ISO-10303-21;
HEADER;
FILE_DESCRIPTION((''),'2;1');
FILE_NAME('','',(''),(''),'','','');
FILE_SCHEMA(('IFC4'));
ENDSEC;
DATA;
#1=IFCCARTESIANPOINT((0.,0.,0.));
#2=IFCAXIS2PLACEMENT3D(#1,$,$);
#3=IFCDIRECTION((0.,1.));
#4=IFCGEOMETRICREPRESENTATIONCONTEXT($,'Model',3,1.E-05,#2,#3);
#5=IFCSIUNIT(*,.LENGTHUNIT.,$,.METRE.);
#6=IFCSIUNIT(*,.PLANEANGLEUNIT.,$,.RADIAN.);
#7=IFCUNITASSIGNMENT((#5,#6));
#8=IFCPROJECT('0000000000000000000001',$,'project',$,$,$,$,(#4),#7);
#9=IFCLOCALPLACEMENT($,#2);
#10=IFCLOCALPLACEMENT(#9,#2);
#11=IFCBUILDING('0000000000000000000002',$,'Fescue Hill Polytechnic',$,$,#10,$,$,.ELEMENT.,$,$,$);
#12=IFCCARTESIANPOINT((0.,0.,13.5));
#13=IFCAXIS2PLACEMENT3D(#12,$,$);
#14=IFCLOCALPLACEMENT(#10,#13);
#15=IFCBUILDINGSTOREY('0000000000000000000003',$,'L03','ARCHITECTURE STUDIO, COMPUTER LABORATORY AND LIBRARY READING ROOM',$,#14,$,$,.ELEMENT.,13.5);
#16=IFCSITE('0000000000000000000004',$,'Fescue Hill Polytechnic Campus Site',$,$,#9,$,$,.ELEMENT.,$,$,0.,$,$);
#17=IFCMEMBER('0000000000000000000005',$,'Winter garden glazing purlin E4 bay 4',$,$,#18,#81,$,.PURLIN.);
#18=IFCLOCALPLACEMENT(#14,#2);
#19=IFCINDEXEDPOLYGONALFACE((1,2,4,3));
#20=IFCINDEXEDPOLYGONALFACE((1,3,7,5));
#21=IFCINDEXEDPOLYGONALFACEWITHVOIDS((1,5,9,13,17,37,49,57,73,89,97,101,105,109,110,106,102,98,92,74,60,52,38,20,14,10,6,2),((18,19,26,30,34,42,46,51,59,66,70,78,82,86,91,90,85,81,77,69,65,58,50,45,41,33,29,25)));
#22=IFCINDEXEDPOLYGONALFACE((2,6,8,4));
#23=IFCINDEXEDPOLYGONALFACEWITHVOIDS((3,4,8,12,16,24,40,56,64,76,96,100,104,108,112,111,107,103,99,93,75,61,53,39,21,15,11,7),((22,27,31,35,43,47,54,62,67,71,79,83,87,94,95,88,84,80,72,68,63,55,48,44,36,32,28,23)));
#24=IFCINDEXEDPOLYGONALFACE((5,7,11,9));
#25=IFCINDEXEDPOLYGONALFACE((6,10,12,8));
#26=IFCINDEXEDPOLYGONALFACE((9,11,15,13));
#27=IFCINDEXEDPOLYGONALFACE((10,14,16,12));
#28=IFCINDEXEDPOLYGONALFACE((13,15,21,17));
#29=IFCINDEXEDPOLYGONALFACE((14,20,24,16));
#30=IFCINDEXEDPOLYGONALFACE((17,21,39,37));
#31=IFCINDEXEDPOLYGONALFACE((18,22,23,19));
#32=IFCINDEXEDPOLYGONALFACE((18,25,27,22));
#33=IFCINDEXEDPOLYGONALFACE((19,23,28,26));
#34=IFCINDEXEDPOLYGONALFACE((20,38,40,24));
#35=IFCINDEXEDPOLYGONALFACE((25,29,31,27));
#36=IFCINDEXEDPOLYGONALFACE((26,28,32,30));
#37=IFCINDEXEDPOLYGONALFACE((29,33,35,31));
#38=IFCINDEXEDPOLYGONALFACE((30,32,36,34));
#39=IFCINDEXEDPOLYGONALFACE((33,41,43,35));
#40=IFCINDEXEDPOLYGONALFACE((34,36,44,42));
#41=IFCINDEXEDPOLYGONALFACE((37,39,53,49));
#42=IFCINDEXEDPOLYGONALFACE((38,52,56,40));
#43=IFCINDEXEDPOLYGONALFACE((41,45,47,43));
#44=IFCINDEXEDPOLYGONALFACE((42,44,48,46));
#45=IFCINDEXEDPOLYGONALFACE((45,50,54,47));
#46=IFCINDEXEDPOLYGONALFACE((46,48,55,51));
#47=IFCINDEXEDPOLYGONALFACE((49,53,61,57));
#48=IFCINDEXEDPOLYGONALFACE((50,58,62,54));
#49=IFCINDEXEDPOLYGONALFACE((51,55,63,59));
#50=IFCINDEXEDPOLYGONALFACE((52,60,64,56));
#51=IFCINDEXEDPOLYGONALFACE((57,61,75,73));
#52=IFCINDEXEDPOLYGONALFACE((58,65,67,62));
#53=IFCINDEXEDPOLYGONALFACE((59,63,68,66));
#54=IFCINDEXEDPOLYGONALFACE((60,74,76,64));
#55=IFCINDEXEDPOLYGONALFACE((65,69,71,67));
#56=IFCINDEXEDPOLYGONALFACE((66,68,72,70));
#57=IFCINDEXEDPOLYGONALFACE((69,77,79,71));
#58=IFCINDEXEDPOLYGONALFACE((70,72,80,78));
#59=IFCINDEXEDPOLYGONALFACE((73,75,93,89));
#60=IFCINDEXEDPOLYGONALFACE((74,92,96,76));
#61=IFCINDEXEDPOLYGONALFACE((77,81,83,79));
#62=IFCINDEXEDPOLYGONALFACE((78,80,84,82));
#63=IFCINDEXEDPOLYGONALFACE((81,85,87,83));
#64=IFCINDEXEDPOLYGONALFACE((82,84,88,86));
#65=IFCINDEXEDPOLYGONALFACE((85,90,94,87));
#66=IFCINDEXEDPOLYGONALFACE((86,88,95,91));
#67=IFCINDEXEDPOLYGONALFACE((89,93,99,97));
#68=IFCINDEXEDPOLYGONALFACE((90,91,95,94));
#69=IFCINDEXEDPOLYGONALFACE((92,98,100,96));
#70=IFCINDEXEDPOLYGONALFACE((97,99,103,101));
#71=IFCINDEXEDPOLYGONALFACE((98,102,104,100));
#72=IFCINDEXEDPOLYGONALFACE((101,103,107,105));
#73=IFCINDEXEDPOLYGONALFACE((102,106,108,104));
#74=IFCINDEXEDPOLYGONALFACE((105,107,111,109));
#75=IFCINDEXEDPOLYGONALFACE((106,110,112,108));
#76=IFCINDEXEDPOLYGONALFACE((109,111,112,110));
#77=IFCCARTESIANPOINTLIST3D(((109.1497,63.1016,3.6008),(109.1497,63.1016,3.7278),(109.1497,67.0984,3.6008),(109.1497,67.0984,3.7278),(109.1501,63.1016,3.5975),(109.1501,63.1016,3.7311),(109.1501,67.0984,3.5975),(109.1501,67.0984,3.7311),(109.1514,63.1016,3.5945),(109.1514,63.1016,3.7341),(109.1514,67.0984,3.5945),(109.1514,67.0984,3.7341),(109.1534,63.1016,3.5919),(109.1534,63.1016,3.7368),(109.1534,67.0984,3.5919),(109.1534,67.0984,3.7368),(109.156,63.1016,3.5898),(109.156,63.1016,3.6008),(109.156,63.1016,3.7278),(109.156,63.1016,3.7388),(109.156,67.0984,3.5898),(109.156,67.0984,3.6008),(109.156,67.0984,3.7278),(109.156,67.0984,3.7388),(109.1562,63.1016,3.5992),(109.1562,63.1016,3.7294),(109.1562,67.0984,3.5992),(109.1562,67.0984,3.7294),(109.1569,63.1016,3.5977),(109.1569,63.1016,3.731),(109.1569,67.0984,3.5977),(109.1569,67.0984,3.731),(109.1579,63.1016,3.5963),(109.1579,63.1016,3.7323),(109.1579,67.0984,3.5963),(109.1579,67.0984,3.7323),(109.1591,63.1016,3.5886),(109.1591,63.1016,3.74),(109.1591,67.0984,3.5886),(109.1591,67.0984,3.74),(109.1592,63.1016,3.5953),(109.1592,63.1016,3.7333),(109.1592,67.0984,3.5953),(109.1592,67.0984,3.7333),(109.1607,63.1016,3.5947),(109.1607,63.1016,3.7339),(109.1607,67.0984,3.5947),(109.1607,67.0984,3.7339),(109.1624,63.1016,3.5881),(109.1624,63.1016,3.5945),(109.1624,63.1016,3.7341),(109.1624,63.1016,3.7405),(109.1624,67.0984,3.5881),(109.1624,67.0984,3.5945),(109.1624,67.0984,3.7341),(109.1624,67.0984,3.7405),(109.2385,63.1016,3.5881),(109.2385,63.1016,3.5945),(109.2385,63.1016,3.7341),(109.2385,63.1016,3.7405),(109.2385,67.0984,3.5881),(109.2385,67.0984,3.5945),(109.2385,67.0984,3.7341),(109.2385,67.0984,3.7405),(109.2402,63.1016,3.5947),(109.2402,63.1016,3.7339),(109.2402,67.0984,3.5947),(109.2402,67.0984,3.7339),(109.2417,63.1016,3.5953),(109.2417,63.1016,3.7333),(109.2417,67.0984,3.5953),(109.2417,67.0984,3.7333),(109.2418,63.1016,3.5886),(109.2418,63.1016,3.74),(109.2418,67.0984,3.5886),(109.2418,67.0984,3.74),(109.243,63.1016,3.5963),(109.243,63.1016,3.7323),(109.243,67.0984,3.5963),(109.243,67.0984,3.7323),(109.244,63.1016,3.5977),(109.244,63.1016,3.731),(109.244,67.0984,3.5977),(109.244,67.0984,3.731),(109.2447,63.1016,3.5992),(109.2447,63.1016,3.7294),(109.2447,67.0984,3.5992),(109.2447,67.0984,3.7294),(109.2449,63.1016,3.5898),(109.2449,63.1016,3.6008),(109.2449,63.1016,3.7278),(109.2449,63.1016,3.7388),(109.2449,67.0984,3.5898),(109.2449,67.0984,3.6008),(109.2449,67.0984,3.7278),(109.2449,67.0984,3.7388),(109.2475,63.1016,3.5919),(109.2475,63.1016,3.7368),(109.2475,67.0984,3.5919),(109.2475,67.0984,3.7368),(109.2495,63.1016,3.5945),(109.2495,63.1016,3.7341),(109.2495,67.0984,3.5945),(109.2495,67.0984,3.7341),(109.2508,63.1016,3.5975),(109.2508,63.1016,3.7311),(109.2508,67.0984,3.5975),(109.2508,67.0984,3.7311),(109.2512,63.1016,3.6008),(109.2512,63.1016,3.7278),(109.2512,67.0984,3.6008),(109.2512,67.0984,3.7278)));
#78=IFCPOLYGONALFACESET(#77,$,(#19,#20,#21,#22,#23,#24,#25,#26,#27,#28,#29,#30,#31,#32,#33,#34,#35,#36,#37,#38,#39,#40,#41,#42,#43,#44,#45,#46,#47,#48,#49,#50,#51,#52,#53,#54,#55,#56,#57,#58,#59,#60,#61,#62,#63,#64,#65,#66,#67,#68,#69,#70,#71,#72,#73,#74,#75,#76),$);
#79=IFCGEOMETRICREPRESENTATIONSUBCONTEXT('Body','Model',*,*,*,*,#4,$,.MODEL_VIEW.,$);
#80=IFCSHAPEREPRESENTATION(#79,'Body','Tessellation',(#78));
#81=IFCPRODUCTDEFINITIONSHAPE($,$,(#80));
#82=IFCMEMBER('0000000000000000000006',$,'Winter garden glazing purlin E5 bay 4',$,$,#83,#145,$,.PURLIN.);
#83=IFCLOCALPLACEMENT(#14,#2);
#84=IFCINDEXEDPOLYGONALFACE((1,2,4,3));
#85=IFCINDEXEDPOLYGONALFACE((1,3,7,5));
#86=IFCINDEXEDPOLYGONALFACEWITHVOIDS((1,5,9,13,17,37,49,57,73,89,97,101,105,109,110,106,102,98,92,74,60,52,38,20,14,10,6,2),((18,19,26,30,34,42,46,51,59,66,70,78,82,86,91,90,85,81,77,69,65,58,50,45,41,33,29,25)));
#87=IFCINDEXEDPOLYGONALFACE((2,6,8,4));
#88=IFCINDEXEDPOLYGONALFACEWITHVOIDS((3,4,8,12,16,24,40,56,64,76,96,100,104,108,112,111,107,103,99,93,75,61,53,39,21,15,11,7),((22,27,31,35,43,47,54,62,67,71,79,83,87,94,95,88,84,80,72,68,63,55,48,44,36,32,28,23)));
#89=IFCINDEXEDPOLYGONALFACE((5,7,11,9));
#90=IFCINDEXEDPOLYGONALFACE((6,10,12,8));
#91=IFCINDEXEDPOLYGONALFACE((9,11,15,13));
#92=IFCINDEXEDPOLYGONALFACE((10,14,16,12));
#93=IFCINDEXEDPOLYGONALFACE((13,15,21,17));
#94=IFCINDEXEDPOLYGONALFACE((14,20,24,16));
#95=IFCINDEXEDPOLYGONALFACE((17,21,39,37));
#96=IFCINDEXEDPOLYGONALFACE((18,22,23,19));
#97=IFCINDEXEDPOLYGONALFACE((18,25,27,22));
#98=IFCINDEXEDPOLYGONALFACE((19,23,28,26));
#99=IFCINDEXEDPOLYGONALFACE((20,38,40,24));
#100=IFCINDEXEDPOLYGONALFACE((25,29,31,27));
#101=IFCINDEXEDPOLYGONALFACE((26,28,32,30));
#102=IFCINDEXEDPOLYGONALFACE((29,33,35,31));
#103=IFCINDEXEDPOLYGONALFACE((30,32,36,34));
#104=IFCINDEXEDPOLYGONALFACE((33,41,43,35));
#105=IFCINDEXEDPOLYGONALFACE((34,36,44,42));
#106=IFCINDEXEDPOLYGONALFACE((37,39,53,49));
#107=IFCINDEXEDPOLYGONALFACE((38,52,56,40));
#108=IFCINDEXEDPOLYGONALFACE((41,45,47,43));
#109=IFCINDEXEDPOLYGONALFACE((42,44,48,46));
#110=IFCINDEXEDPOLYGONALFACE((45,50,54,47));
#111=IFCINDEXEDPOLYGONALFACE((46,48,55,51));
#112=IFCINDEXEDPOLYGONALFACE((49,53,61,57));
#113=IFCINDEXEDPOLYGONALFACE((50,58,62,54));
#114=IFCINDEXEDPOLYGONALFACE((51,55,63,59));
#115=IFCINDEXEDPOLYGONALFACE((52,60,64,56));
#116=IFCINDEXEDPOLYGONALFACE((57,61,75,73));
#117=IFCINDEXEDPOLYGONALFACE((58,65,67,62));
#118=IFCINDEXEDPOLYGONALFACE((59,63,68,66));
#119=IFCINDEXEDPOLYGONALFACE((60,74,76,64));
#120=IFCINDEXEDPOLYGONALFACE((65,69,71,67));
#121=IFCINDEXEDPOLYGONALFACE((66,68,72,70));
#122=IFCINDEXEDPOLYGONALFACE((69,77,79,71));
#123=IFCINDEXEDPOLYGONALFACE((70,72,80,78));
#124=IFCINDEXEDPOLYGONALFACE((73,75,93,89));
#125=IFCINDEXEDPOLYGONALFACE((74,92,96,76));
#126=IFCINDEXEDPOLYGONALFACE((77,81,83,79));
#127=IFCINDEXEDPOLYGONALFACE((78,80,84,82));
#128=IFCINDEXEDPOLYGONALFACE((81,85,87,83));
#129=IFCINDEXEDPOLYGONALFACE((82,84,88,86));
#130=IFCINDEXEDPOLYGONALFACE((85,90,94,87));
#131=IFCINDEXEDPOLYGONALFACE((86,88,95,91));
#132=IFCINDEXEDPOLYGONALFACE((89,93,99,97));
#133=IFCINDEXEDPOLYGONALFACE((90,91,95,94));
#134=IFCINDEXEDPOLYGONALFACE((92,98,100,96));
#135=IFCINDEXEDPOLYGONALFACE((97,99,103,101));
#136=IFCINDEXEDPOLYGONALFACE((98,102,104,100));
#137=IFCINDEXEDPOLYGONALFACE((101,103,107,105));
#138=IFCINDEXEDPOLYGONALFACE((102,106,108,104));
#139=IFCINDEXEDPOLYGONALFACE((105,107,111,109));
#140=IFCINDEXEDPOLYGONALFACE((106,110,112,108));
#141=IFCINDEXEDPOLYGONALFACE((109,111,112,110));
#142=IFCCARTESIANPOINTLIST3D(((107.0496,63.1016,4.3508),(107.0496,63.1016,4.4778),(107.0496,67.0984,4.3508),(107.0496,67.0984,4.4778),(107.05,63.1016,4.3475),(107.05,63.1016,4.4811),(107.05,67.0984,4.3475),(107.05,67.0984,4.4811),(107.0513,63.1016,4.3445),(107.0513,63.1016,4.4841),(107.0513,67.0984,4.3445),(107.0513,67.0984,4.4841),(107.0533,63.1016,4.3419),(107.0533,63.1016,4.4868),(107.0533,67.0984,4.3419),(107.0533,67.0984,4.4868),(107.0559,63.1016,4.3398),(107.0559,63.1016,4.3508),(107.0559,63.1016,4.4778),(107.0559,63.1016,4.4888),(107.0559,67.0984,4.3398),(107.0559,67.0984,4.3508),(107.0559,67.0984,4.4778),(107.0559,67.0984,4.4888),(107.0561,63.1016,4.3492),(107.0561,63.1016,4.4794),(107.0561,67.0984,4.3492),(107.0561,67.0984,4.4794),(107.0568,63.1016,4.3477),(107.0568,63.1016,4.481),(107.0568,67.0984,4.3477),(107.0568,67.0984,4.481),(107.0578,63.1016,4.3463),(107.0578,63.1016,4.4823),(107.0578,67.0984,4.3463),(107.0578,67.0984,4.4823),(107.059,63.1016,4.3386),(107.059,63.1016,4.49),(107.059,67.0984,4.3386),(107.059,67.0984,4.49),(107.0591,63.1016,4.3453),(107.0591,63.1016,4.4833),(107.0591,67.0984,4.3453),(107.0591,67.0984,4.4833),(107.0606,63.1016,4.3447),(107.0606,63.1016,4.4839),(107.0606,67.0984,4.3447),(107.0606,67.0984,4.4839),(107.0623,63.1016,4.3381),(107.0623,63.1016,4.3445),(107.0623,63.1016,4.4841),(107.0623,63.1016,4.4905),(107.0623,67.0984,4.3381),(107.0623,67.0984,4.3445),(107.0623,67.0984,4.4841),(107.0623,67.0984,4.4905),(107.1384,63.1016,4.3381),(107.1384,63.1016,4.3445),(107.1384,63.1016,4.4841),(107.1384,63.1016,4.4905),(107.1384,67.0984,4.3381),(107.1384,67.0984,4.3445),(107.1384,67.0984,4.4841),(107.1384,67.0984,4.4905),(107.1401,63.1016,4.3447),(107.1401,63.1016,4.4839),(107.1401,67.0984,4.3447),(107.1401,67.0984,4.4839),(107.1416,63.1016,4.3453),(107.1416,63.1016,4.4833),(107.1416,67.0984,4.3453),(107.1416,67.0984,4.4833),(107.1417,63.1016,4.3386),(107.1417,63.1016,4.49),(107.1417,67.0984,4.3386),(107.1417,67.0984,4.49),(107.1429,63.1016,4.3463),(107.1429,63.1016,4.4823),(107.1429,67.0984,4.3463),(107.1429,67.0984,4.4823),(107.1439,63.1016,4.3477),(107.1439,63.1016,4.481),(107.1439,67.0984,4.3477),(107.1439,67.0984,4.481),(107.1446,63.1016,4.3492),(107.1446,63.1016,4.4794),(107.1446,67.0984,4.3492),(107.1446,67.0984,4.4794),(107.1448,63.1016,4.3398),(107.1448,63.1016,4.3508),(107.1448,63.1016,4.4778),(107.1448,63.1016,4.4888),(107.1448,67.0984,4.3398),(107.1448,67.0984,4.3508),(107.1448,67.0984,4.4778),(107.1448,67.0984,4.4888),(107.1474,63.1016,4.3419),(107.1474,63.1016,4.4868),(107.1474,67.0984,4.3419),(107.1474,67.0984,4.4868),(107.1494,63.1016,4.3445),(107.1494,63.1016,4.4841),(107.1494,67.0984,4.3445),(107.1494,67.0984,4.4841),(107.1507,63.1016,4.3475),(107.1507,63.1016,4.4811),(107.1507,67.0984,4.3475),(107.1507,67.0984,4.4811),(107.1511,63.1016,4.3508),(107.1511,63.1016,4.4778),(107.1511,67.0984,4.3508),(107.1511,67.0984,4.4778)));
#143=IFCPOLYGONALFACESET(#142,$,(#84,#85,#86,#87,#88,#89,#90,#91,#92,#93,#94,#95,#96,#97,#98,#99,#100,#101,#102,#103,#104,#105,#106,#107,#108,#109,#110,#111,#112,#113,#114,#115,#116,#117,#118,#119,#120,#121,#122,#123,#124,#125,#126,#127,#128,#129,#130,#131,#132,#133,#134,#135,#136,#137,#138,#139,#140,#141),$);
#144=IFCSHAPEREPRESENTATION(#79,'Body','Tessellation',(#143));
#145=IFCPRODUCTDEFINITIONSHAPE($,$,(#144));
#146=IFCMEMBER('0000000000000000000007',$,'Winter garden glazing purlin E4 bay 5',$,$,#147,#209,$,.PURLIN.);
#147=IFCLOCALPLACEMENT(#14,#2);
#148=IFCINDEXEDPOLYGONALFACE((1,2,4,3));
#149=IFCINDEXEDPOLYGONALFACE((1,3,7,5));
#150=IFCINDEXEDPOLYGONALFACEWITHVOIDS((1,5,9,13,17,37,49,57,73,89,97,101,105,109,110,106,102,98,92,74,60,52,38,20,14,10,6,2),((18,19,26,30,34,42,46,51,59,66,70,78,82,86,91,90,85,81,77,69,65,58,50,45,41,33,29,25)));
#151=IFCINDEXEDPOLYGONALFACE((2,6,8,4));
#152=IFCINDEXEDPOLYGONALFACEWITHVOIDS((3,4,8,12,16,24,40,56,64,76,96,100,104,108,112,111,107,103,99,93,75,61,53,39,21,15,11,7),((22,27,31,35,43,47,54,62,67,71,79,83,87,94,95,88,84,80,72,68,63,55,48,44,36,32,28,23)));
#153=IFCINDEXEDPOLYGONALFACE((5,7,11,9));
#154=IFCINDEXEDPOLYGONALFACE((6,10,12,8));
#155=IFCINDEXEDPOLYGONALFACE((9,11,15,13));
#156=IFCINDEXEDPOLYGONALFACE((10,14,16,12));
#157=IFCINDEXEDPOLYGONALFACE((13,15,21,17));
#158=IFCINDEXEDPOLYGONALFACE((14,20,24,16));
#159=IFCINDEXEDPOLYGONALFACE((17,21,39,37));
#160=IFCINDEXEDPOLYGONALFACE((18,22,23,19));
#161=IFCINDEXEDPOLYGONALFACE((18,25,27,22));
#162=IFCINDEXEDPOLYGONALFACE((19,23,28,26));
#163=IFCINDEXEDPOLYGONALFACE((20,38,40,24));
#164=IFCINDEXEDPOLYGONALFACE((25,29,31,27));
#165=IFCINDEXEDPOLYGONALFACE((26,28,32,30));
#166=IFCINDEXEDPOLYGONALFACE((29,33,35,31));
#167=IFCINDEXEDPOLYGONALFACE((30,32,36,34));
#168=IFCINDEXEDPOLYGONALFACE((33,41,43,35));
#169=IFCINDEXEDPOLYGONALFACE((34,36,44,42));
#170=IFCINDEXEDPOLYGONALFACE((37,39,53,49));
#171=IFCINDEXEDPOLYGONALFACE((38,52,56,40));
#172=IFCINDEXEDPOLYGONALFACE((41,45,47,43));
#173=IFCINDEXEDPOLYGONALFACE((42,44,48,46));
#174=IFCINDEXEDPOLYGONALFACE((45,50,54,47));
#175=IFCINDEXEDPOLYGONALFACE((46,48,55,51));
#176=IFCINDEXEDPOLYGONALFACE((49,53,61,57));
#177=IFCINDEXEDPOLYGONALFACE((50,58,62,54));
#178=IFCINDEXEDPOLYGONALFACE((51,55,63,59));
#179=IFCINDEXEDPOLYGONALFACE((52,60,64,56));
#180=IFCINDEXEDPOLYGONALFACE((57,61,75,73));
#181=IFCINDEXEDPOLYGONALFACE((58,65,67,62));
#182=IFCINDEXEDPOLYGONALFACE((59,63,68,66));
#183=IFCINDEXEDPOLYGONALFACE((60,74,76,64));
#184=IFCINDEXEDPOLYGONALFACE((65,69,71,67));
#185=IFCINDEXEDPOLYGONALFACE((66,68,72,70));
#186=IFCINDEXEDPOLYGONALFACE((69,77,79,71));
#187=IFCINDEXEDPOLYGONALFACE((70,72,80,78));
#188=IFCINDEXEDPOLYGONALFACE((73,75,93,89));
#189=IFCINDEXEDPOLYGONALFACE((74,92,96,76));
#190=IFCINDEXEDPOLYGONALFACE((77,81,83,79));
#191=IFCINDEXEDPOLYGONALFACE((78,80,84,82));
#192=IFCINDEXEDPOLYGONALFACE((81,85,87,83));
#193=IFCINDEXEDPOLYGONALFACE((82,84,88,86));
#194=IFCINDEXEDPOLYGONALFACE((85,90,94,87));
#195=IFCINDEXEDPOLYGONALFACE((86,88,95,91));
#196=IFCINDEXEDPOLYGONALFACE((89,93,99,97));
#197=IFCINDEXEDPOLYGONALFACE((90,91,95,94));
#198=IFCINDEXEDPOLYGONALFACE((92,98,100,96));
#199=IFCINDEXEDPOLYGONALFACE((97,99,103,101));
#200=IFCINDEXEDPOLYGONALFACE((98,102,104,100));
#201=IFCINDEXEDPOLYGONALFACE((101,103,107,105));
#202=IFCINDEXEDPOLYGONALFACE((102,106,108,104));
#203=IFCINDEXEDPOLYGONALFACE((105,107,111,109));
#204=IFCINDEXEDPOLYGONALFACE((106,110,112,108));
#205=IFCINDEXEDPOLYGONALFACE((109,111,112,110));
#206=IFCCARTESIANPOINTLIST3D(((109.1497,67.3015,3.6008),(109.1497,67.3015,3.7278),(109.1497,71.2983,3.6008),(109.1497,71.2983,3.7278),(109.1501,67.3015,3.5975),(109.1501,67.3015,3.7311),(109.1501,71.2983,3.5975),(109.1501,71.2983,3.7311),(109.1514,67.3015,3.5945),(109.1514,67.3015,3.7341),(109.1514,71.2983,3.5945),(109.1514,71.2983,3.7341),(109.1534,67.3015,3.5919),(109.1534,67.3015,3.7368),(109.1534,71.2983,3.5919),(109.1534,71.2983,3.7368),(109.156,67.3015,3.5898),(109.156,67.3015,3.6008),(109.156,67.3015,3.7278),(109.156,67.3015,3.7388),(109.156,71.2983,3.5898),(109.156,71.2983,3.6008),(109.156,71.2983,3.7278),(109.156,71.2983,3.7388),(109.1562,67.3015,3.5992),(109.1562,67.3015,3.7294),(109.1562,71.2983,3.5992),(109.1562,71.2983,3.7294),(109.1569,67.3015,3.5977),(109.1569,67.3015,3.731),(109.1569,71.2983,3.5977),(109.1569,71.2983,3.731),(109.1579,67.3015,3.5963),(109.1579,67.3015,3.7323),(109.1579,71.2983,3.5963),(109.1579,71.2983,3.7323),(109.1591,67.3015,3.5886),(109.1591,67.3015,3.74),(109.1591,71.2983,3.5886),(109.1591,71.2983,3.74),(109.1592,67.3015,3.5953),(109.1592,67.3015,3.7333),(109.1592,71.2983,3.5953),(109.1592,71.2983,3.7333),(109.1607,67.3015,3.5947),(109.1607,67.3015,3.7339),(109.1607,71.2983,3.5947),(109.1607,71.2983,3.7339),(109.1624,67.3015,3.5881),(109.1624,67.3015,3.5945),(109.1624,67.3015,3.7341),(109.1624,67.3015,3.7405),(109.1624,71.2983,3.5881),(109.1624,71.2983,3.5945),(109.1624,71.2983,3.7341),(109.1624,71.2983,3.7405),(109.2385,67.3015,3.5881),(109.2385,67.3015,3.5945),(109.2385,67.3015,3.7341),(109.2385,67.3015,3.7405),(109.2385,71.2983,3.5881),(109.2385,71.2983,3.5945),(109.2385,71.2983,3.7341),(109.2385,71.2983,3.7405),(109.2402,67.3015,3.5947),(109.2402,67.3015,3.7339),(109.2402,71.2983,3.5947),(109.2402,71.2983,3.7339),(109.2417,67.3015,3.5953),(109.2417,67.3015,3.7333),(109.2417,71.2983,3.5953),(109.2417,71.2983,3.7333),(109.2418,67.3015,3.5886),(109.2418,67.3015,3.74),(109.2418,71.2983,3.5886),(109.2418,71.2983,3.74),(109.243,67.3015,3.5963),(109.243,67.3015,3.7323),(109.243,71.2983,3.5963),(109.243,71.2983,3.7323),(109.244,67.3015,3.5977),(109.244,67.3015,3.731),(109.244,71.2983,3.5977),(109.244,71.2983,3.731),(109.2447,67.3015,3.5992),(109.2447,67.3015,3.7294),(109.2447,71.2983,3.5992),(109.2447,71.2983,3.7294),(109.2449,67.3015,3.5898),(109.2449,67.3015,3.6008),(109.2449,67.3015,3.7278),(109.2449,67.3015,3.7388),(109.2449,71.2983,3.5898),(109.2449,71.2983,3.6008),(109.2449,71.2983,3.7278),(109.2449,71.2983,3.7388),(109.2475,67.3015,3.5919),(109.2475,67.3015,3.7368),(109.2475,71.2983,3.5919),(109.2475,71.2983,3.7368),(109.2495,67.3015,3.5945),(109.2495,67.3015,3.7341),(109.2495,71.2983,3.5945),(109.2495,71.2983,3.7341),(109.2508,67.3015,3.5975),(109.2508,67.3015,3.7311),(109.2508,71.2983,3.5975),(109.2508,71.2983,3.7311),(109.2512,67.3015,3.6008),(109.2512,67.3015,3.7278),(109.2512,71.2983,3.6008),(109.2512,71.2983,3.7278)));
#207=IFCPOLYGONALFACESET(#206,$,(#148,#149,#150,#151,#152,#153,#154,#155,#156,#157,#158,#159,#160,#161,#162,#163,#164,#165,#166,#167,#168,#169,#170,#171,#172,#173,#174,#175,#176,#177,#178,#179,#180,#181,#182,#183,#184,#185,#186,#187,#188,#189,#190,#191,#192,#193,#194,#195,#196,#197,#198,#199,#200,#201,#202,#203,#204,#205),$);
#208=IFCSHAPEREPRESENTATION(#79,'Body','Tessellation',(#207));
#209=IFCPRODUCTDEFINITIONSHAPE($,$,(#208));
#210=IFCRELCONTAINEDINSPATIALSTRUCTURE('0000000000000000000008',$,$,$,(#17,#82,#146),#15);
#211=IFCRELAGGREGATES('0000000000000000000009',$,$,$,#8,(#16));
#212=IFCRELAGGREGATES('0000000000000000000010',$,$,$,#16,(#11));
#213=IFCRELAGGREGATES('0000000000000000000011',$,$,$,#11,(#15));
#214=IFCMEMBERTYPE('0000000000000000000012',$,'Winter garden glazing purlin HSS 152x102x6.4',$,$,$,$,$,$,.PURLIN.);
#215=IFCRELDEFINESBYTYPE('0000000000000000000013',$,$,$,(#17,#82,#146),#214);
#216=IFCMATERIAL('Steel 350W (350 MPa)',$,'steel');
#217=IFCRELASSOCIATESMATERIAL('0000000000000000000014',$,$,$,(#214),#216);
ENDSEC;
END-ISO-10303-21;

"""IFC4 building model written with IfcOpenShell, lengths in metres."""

from ifc_helpers import new_model, si_unit, direction, frame, origin, origin_2d, place, context, subcontext, project, spatial, hollow_rectangle, extrude, material, material_profile, profile_set, type_object, element, save


model = new_model("IFC4")

# Units and contexts
model_context = context("Model", 3, precision=1e-05, world=origin(), true_north=direction((0.0, 1.0)))
body_context = subcontext(model_context, "Body", "Model", "MODEL_VIEW")
ifc_project = project(units=[si_unit("LENGTHUNIT", "METRE"), si_unit("PLANEANGLEUNIT", "RADIAN")], contexts=[model_context])

# Site, building, storey
site_placement = place(None, origin())
site = spatial("IfcSite", under=ifc_project, at=site_placement, Name="Fescue Hill Polytechnic Campus Site", CompositionType="ELEMENT", RefElevation=0.0)
building_placement = place(site_placement, origin())
building = spatial("IfcBuilding", under=site, at=building_placement, Name="Fescue Hill Polytechnic", CompositionType="ELEMENT")
storey_placement = place(building_placement, frame((0.0, 0.0, 13.5)))
storey = spatial("IfcBuildingStorey", under=building, at=storey_placement, Name="L03", Description="ARCHITECTURE STUDIO, COMPUTER LABORATORY AND LIBRARY READING ROOM", CompositionType="ELEMENT", Elevation=13.5)

# Members
ifc_material_1 = material(Name="Steel 350W (350 MPa)", Category="steel")
ifc_material_profile_1 = material_profile(ifc_material_1, hollow_rectangle(XDim=0.1016, YDim=0.1523, WallThickness=0.0063, InnerFilletRadius=0.0063, OuterFilletRadius=0.0127, at=origin_2d()), Name="Winter garden glazing purlin HSS 152x102x6.4")
ifc_profile_set_1 = profile_set([ifc_material_profile_1], Name="Steel 350W (350 MPa)")
member_type_1 = type_object("IfcMemberType", Name="Winter garden glazing purlin HSS 152x102x6.4", PredefinedType="PURLIN", material=ifc_profile_set_1)
for number, where, z_axis, x_axis, name in (
    (1, (109.2004, 63.1016, 3.6643), (0.0, 1.0, 0.0), (-1.0, 0.0, 0.0), "Winter garden glazing purlin E4 bay 4"),
    (2, (107.1003, 63.1016, 4.4143), (0.0, 1.0, 0.0), (-1.0, 0.0, 0.0), "Winter garden glazing purlin E5 bay 4"),
    (3, (109.2004, 67.3015, 3.6643), (0.0, 1.0, 0.0), (-1.0, 0.0, 0.0), "Winter garden glazing purlin E4 bay 5"),
):
    element("IfcMember", number, at=place(storey_placement, frame(where, z_axis=z_axis, x_axis=x_axis)), inside=storey, type_object=member_type_1, Name=name, PredefinedType="PURLIN", context=body_context, shape_type="SweptSolid", body=[
        extrude(hollow_rectangle(XDim=0.1016, YDim=0.1523, WallThickness=0.0063, InnerFilletRadius=0.0063, OuterFilletRadius=0.0127, at=origin_2d()), origin(), (0.0, 0.0, 1.0), 3.9968),
    ])

save(model, "model.ifc")
